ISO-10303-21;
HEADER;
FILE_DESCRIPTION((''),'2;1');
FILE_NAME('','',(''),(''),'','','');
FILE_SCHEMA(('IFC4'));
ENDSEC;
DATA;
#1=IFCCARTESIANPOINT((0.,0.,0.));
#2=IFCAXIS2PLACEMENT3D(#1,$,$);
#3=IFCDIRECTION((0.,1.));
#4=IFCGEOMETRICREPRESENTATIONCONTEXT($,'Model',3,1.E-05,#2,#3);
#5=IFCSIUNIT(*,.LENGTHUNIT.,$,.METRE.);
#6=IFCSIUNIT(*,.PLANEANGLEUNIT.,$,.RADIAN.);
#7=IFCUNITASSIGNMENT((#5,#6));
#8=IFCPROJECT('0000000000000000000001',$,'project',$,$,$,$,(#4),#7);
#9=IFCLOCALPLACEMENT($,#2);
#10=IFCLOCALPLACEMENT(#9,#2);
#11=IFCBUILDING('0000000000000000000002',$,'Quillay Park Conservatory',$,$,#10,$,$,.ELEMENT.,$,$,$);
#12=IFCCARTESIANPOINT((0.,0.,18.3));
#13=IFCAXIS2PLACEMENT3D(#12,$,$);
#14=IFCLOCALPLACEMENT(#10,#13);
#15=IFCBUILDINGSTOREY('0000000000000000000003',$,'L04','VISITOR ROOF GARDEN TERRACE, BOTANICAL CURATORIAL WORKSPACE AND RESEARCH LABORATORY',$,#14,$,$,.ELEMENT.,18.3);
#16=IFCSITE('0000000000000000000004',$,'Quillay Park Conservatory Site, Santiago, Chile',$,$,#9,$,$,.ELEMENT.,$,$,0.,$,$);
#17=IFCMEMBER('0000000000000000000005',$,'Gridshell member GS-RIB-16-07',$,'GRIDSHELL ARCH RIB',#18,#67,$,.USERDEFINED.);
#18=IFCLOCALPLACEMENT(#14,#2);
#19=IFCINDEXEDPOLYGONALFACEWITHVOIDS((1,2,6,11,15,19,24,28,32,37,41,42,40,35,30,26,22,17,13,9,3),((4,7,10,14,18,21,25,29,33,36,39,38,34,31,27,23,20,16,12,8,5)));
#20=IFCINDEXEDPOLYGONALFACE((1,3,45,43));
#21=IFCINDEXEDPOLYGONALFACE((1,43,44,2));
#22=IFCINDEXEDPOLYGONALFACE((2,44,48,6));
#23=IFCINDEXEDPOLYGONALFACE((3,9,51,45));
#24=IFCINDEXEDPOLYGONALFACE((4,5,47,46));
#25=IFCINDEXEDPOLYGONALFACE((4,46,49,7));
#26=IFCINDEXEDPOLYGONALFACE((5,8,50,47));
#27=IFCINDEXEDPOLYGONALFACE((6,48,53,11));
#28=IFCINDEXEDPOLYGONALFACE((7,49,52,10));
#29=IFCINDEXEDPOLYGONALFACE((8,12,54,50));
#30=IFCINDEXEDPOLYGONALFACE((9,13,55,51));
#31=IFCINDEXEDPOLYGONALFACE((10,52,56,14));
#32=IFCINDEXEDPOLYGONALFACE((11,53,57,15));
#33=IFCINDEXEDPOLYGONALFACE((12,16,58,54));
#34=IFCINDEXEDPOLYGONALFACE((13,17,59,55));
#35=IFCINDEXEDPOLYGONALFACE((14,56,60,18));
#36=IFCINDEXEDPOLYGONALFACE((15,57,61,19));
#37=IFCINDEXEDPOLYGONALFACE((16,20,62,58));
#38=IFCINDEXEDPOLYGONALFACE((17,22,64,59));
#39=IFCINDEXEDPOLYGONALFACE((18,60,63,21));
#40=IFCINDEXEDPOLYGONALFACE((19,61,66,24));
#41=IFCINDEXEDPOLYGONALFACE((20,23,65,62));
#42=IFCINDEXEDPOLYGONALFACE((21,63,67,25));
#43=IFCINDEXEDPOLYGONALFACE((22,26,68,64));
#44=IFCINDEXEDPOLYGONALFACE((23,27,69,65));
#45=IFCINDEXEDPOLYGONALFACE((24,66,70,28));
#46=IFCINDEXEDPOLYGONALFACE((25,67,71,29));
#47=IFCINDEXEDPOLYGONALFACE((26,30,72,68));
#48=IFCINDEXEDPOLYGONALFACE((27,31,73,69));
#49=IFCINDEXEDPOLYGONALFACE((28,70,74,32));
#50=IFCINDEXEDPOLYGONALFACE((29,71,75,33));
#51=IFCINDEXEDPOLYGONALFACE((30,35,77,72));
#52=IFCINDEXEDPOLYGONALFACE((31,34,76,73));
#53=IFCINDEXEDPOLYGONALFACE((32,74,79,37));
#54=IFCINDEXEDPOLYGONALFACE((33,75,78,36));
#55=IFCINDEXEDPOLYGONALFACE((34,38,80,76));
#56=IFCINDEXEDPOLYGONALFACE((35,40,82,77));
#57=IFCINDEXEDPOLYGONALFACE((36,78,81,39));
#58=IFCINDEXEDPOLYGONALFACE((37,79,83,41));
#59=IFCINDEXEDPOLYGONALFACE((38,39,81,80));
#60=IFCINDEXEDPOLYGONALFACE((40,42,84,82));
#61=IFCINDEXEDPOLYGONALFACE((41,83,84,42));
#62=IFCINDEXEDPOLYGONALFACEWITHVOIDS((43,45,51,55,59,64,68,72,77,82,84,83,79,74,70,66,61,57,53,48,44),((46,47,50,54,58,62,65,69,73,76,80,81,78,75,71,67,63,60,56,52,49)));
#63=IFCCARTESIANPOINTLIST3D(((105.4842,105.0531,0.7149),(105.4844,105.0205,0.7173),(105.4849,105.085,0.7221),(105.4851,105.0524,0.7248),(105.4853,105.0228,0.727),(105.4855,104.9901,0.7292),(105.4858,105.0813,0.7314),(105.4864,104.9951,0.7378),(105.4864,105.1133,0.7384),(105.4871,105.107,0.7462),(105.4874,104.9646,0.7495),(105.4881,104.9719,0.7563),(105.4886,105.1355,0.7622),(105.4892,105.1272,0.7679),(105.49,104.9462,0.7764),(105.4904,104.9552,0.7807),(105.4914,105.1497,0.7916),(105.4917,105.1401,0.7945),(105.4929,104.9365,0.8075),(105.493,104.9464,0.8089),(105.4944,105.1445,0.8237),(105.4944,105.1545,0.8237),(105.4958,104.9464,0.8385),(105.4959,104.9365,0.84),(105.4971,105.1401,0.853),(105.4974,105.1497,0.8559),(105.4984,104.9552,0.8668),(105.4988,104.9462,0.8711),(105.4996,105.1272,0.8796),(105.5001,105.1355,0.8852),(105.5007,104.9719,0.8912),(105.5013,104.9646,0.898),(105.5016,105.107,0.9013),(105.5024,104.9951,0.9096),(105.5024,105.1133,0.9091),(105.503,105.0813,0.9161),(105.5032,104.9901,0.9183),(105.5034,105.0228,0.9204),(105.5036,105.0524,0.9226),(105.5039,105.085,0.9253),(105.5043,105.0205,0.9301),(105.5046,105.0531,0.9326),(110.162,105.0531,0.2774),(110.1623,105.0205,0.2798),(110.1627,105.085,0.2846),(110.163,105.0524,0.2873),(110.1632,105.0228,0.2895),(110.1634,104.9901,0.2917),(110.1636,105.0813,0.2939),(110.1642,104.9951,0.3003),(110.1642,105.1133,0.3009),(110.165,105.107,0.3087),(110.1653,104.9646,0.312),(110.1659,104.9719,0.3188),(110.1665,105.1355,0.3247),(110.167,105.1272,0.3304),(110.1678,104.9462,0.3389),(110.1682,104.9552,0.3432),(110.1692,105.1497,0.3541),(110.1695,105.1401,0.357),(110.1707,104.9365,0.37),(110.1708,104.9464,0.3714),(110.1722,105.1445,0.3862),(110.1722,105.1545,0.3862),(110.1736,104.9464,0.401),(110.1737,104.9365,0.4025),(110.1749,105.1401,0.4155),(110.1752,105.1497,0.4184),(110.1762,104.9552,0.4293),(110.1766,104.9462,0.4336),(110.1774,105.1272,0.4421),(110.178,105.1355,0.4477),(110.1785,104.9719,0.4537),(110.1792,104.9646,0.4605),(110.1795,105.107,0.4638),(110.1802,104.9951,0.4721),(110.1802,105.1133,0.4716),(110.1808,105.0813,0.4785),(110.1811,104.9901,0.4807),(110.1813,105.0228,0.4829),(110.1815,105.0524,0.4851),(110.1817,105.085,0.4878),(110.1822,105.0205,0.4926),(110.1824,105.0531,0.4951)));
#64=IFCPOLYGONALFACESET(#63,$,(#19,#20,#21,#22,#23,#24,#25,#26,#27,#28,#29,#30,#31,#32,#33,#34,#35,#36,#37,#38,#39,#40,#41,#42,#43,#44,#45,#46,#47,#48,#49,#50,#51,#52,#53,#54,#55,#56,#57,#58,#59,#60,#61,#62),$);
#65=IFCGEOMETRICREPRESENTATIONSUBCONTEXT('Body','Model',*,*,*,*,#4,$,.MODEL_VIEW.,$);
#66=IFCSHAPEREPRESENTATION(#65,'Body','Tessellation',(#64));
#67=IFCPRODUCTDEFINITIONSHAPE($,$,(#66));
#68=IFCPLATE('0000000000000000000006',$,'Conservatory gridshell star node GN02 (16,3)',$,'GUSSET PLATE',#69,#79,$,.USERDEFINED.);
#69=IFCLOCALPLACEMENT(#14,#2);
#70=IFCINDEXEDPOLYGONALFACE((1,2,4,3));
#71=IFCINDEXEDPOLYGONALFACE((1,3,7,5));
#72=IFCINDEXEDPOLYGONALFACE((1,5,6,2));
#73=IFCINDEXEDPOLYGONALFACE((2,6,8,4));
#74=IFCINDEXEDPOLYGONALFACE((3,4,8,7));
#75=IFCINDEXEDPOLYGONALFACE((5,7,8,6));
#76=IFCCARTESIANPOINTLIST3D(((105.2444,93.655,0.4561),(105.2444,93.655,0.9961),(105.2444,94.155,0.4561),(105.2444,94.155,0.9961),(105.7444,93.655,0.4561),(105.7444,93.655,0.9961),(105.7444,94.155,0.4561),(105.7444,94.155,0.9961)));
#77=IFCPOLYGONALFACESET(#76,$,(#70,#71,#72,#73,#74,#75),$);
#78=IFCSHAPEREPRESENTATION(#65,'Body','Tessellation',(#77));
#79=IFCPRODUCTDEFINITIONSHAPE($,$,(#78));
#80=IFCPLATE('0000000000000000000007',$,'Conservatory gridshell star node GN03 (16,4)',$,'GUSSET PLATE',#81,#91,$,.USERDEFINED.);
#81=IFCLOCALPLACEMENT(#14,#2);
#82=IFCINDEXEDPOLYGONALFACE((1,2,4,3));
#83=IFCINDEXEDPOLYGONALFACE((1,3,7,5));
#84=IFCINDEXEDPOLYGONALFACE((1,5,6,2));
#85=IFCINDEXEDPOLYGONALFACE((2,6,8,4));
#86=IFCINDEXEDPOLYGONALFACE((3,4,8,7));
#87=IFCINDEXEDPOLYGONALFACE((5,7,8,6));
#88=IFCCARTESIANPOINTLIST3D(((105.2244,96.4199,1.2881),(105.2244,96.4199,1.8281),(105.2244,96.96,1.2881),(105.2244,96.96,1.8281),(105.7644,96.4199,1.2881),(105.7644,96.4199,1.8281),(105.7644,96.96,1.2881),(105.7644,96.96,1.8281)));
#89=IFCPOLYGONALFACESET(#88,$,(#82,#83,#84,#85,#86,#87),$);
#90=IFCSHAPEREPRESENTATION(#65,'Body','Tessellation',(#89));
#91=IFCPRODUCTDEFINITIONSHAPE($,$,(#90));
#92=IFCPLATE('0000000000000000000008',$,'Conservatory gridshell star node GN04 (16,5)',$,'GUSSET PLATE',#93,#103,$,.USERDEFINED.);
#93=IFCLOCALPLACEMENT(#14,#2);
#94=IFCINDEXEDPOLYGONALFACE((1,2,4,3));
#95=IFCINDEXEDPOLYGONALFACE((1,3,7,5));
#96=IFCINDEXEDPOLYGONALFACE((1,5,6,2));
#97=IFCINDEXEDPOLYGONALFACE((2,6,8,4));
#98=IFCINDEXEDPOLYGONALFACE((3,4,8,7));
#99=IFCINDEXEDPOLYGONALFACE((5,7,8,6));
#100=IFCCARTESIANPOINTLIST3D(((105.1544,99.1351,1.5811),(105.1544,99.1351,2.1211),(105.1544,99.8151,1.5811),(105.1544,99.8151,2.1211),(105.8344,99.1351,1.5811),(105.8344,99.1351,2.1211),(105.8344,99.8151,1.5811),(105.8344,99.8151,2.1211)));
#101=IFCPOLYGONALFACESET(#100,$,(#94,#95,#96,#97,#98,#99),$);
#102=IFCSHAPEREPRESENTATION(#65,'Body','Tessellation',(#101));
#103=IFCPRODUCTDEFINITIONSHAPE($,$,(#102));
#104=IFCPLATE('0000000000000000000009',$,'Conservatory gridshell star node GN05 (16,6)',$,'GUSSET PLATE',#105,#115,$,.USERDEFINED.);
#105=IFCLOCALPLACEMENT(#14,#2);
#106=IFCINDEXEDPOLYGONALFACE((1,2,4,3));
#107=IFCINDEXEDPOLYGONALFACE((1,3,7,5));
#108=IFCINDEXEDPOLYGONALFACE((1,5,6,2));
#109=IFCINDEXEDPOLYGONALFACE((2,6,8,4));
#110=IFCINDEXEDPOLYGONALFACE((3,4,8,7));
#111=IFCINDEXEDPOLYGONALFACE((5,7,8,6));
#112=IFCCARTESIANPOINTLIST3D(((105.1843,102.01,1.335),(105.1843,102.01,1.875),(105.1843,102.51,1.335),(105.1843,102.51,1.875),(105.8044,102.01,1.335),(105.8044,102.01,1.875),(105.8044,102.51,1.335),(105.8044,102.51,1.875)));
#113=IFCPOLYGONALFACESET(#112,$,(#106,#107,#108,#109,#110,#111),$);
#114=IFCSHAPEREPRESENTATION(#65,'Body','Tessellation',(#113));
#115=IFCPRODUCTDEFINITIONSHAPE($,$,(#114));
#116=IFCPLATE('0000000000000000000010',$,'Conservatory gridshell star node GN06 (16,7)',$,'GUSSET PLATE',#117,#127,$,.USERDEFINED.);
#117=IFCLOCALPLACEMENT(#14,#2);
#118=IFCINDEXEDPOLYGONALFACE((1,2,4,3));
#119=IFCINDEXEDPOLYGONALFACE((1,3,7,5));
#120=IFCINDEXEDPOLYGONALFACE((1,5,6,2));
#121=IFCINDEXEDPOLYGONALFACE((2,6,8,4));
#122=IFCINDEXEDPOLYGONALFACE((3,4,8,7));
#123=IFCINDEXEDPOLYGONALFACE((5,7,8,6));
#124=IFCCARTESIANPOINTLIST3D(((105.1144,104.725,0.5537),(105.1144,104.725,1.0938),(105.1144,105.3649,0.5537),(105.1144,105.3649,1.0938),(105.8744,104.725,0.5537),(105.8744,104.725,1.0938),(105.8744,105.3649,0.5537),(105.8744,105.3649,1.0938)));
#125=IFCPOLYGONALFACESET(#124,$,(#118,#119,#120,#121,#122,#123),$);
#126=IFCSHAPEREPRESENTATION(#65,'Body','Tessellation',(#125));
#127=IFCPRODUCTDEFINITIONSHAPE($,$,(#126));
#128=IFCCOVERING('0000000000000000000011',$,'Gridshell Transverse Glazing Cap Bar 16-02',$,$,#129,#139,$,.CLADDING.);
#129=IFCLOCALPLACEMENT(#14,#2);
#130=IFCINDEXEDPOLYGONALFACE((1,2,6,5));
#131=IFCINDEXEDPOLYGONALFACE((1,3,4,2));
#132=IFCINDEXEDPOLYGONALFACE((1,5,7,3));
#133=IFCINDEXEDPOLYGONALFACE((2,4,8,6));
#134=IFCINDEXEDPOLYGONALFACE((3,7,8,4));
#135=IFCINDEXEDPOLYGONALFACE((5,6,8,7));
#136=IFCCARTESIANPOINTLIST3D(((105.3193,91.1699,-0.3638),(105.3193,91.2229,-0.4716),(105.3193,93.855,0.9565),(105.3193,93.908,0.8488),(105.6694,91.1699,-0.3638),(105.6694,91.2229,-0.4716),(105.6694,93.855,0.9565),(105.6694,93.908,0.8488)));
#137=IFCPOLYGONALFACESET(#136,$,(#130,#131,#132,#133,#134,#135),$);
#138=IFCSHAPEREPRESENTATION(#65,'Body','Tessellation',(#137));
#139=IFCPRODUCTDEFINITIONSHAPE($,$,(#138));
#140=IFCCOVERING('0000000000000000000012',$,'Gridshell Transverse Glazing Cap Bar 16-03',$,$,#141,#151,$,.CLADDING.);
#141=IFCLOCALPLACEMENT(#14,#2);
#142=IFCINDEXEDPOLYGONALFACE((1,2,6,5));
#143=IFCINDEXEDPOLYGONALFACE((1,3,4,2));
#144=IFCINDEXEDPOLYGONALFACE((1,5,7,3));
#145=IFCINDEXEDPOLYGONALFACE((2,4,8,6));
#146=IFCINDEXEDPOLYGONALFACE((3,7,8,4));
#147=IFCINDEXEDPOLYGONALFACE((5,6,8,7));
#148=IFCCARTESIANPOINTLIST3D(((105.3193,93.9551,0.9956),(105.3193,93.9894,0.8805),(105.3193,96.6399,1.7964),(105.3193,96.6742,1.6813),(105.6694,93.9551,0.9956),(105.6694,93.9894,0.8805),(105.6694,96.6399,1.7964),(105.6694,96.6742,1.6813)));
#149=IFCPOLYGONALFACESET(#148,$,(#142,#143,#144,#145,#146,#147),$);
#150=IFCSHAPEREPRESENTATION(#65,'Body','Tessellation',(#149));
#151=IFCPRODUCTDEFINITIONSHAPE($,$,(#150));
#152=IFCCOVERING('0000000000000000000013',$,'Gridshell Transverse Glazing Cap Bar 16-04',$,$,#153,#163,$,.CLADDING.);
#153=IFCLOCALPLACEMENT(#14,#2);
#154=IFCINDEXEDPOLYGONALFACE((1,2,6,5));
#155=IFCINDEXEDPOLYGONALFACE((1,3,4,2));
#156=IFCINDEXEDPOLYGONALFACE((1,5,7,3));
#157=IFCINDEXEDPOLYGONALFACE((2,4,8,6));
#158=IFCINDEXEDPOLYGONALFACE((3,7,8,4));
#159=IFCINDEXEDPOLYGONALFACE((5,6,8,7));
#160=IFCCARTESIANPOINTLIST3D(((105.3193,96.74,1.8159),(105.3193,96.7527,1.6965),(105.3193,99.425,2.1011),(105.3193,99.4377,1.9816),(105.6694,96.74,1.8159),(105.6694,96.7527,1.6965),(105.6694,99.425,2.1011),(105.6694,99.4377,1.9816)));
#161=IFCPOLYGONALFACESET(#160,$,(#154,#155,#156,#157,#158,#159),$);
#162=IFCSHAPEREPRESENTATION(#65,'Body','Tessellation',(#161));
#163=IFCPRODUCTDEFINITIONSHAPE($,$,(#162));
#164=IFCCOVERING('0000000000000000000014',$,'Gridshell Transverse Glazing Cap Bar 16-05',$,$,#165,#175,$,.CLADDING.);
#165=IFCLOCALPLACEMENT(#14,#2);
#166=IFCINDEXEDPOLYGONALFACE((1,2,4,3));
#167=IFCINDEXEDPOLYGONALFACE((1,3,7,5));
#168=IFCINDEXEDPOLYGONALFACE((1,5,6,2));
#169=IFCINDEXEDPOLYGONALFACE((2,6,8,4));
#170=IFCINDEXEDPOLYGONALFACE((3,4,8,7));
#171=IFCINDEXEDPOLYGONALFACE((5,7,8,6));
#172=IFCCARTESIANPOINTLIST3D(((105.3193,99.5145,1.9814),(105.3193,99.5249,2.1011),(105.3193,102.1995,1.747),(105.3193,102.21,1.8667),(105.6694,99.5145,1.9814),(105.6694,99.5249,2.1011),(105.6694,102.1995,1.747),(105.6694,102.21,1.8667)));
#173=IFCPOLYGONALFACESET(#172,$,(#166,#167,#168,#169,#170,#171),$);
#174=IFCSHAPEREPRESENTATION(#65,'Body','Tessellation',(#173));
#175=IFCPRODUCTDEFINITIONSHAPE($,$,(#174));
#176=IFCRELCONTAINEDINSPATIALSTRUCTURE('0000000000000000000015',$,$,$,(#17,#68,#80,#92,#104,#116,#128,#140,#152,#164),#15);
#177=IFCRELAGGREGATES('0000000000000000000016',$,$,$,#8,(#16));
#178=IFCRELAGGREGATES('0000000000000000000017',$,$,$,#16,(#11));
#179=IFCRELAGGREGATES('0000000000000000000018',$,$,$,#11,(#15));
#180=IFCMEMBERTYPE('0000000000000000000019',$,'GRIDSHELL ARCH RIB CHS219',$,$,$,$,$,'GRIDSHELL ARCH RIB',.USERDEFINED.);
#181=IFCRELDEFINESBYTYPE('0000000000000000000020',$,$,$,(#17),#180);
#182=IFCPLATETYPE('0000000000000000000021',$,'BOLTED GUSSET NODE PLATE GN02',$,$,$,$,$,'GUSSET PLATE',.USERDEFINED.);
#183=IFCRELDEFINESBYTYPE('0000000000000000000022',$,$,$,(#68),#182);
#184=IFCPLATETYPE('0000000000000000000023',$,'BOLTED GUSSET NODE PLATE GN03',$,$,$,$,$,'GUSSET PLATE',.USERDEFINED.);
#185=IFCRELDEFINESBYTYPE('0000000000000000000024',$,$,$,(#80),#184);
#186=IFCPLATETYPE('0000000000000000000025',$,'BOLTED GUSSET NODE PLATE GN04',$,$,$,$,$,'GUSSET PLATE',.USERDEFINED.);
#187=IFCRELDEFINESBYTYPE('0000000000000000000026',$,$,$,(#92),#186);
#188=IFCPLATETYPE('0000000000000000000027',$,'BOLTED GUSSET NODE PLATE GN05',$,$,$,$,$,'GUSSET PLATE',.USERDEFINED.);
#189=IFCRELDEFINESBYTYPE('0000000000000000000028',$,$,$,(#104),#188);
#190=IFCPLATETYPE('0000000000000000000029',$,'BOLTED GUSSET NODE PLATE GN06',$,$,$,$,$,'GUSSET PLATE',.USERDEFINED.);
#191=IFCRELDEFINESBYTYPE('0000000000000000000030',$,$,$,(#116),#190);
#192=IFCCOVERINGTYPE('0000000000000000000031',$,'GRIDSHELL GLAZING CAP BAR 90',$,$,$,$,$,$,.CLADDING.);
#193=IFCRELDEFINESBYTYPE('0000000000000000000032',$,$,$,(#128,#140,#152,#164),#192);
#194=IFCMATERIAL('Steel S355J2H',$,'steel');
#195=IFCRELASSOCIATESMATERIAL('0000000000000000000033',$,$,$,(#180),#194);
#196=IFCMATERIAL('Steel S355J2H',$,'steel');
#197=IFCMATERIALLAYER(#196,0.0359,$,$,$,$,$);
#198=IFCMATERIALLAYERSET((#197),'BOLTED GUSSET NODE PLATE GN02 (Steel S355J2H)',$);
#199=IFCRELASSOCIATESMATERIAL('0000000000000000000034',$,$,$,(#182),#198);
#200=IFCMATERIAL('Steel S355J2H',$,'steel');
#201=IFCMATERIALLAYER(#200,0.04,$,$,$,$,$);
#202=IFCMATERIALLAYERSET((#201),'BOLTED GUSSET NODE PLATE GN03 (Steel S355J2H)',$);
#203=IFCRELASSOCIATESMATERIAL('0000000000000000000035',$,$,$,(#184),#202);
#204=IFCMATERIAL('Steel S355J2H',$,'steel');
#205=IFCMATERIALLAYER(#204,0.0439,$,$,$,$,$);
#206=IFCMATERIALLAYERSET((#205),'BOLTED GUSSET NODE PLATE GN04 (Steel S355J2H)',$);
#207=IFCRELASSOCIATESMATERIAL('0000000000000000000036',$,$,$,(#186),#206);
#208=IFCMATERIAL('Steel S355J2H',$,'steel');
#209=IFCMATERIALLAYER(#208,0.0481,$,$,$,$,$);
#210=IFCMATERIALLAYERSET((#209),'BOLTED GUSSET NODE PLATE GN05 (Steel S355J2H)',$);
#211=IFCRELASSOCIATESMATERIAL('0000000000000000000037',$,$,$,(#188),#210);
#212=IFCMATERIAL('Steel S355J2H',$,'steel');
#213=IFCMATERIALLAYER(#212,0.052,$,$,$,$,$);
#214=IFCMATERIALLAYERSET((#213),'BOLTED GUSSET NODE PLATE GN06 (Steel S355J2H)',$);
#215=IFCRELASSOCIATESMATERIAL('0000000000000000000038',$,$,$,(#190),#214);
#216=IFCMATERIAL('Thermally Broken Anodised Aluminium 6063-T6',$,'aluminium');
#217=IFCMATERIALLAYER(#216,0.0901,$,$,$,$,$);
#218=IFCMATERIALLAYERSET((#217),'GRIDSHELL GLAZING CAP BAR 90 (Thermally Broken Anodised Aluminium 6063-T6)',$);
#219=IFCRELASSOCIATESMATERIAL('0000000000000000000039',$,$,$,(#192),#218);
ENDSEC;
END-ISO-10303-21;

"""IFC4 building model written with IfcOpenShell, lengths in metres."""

from ifc_helpers import new_model, si_unit, direction, frame, origin, origin_2d, place, context, subcontext, project, spatial, polyline, rectangle, hollow_circle, outline, extrude, material, layer, layer_set, material_profile, profile_set, type_object, element, save


model = new_model("IFC4")

# Units and contexts
model_context = context("Model", 3, precision=1e-05, world=origin(), true_north=direction((0.0, 1.0)))
body_context = subcontext(model_context, "Body", "Model", "MODEL_VIEW")
ifc_project = project(units=[si_unit("LENGTHUNIT", "METRE"), si_unit("PLANEANGLEUNIT", "RADIAN")], contexts=[model_context])

# Site, building, storey
site_placement = place(None, origin())
site = spatial("IfcSite", under=ifc_project, at=site_placement, Name="Quillay Park Conservatory Site, Santiago, Chile", CompositionType="ELEMENT", RefElevation=0.0)
building_placement = place(site_placement, origin())
building = spatial("IfcBuilding", under=site, at=building_placement, Name="Quillay Park Conservatory", CompositionType="ELEMENT")
storey_placement = place(building_placement, frame((0.0, 0.0, 18.3)))
storey = spatial("IfcBuildingStorey", under=building, at=storey_placement, Name="L04", Description="VISITOR ROOF GARDEN TERRACE, BOTANICAL CURATORIAL WORKSPACE AND RESEARCH LABORATORY", CompositionType="ELEMENT", Elevation=18.3)

# Member
ifc_material_1 = material(Name="Steel S355J2H", Category="steel")
ifc_material_profile_1 = material_profile(ifc_material_1, hollow_circle(Radius=0.1096, WallThickness=0.01, at=origin_2d()), Name="CHS219.1x10")
ifc_profile_set_1 = profile_set([ifc_material_profile_1], Name="Steel S355J2H")
member_type = type_object("IfcMemberType", Name="GRIDSHELL ARCH RIB CHS219", ElementType="GRIDSHELL ARCH RIB", PredefinedType="USERDEFINED", material=ifc_profile_set_1)
member_1_placement = place(storey_placement, frame((105.4944, 105.0449, 0.8237), z_axis=(0.995655, 0.0, -0.093122), x_axis=(0.0, 1.0, 0.0)))
element("IfcMember", 1, at=member_1_placement, inside=storey, type_object=member_type, Name="Gridshell member GS-RIB-16-07", ObjectType="GRIDSHELL ARCH RIB", PredefinedType="USERDEFINED", context=body_context, shape_type="SweptSolid", body=[
    extrude(hollow_circle(Radius=0.1096, WallThickness=0.01, at=origin_2d()), origin(), (0.0, 0.0, 1.0), 4.6982),
])

# Plates
ifc_material_2 = material(Name="Steel S355J2H", Category="steel")
ifc_layer_1 = layer(ifc_material_2, 0.0359)
ifc_layer_set_1 = layer_set([ifc_layer_1], Name="BOLTED GUSSET NODE PLATE GN02 (Steel S355J2H)")
plate_type_1 = type_object("IfcPlateType", Name="BOLTED GUSSET NODE PLATE GN02", ElementType="GUSSET PLATE", PredefinedType="USERDEFINED", material=ifc_layer_set_1)
plate_1_placement = place(storey_placement, frame((105.4944, 93.905, 0.4561), z_axis=(0.0, 0.0, 1.0), x_axis=(1.0, 0.0, 0.0)))
element("IfcPlate", 2, at=plate_1_placement, inside=storey, type_object=plate_type_1, Name="Conservatory gridshell star node GN02 (16,3)", ObjectType="GUSSET PLATE", PredefinedType="USERDEFINED", context=body_context, shape_type="SweptSolid", body=[
    extrude(rectangle(XDim=0.5, YDim=0.5, at=origin_2d()), origin(), (0.0, 0.0, 1.0), 0.54),
])
ifc_material_3 = material(Name="Steel S355J2H", Category="steel")
ifc_layer_2 = layer(ifc_material_3, 0.04)
ifc_layer_set_2 = layer_set([ifc_layer_2], Name="BOLTED GUSSET NODE PLATE GN03 (Steel S355J2H)")
plate_type_2 = type_object("IfcPlateType", Name="BOLTED GUSSET NODE PLATE GN03", ElementType="GUSSET PLATE", PredefinedType="USERDEFINED", material=ifc_layer_set_2)
plate_2_placement = place(storey_placement, frame((105.4944, 96.6899, 1.2881), z_axis=(0.0, 0.0, 1.0), x_axis=(1.0, 0.0, 0.0)))
element("IfcPlate", 3, at=plate_2_placement, inside=storey, type_object=plate_type_2, Name="Conservatory gridshell star node GN03 (16,4)", ObjectType="GUSSET PLATE", PredefinedType="USERDEFINED", context=body_context, shape_type="SweptSolid", body=[
    extrude(rectangle(XDim=0.54, YDim=0.54, at=origin_2d()), origin(), (0.0, 0.0, 1.0), 0.54),
])
ifc_material_4 = material(Name="Steel S355J2H", Category="steel")
ifc_layer_3 = layer(ifc_material_4, 0.0439)
ifc_layer_set_3 = layer_set([ifc_layer_3], Name="BOLTED GUSSET NODE PLATE GN04 (Steel S355J2H)")
plate_type_3 = type_object("IfcPlateType", Name="BOLTED GUSSET NODE PLATE GN04", ElementType="GUSSET PLATE", PredefinedType="USERDEFINED", material=ifc_layer_set_3)
plate_3_placement = place(storey_placement, frame((105.4944, 99.4751, 1.5811), z_axis=(0.0, 0.0, 1.0), x_axis=(1.0, 0.0, 0.0)))
element("IfcPlate", 4, at=plate_3_placement, inside=storey, type_object=plate_type_3, Name="Conservatory gridshell star node GN04 (16,5)", ObjectType="GUSSET PLATE", PredefinedType="USERDEFINED", context=body_context, shape_type="SweptSolid", body=[
    extrude(rectangle(XDim=0.6799, YDim=0.6799, at=origin_2d()), origin(), (0.0, 0.0, 1.0), 0.54),
])
ifc_material_5 = material(Name="Steel S355J2H", Category="steel")
ifc_layer_4 = layer(ifc_material_5, 0.0481)
ifc_layer_set_4 = layer_set([ifc_layer_4], Name="BOLTED GUSSET NODE PLATE GN05 (Steel S355J2H)")
plate_type_4 = type_object("IfcPlateType", Name="BOLTED GUSSET NODE PLATE GN05", ElementType="GUSSET PLATE", PredefinedType="USERDEFINED", material=ifc_layer_set_4)
plate_4_placement = place(storey_placement, frame((105.4944, 102.26, 1.335), z_axis=(0.0, 0.0, 1.0), x_axis=(1.0, 0.0, 0.0)))
element("IfcPlate", 5, at=plate_4_placement, inside=storey, type_object=plate_type_4, Name="Conservatory gridshell star node GN05 (16,6)", ObjectType="GUSSET PLATE", PredefinedType="USERDEFINED", context=body_context, shape_type="SweptSolid", body=[
    extrude(rectangle(XDim=0.6201, YDim=0.5, at=origin_2d()), origin(), (0.0, 0.0, 1.0), 0.54),
])
ifc_material_6 = material(Name="Steel S355J2H", Category="steel")
ifc_layer_5 = layer(ifc_material_6, 0.052)
ifc_layer_set_5 = layer_set([ifc_layer_5], Name="BOLTED GUSSET NODE PLATE GN06 (Steel S355J2H)")
plate_type_5 = type_object("IfcPlateType", Name="BOLTED GUSSET NODE PLATE GN06", ElementType="GUSSET PLATE", PredefinedType="USERDEFINED", material=ifc_layer_set_5)
plate_5_placement = place(storey_placement, frame((105.4944, 105.0449, 0.5537), z_axis=(0.0, 0.0, 1.0), x_axis=(1.0, 0.0, 0.0)))
element("IfcPlate", 6, at=plate_5_placement, inside=storey, type_object=plate_type_5, Name="Conservatory gridshell star node GN06 (16,7)", ObjectType="GUSSET PLATE", PredefinedType="USERDEFINED", context=body_context, shape_type="SweptSolid", body=[
    extrude(rectangle(XDim=0.76, YDim=0.6399, at=origin_2d()), origin(), (0.0, 0.0, 1.0), 0.54),
])

# Coverings
ifc_material_7 = material(Name="Thermally Broken Anodised Aluminium 6063-T6", Category="aluminium")
ifc_layer_6 = layer(ifc_material_7, 0.0901)
ifc_layer_set_6 = layer_set([ifc_layer_6], Name="GRIDSHELL GLAZING CAP BAR 90 (Thermally Broken Anodised Aluminium 6063-T6)")
covering_type = type_object("IfcCoveringType", Name="GRIDSHELL GLAZING CAP BAR 90", PredefinedType="CLADDING", material=ifc_layer_set_6)
covering_1_placement = place(storey_placement, frame((105.3193, 91.1699, -0.3638), z_axis=(0.0, -0.441264, 0.897378), x_axis=(1.0, 0.0, 0.0)))
element("IfcCovering", 7, at=covering_1_placement, inside=storey, type_object=covering_type, Name="Gridshell Transverse Glazing Cap Bar 16-02", PredefinedType="CLADDING", context=body_context, shape_type="SweptSolid", body=[
    extrude(outline(polyline([(0.0, 0.0), (0.3501, 0.0), (0.3501, 2.9921), (0.0, 2.9921), (0.0, 0.0)])), origin(), (0.0, 0.0, -1.0), 0.1201),
])
covering_2_placement = place(storey_placement, frame((105.3193, 93.9551, 0.9956), z_axis=(0.0, -0.285821, 0.958283), x_axis=(1.0, 0.0, 0.0)))
element("IfcCovering", 8, at=covering_2_placement, inside=storey, type_object=covering_type, Name="Gridshell Transverse Glazing Cap Bar 16-03", PredefinedType="CLADDING", context=body_context, shape_type="SweptSolid", body=[
    extrude(outline(polyline([(0.0, 0.0), (0.3501, 0.0), (0.3501, 2.8017), (0.0, 2.8017), (0.0, 0.0)])), origin(), (0.0, 0.0, -1.0), 0.1201),
])
covering_3_placement = place(storey_placement, frame((105.3193, 96.74, 1.8159), z_axis=(0.0, -0.105607, 0.994408), x_axis=(1.0, 0.0, 0.0)))
element("IfcCovering", 9, at=covering_3_placement, inside=storey, type_object=covering_type, Name="Gridshell Transverse Glazing Cap Bar 16-04", PredefinedType="CLADDING", context=body_context, shape_type="SweptSolid", body=[
    extrude(outline(polyline([(0.0, 0.0), (0.3501, 0.0), (0.3501, 2.7002), (0.0, 2.7002), (0.0, 0.0)])), origin(), (0.0, 0.0, -1.0), 0.1201),
])
covering_4_placement = place(storey_placement, frame((105.3193, 99.5249, 2.1011), z_axis=(0.0, 0.086958, 0.996212), x_axis=(1.0, 0.0, 0.0)))
element("IfcCovering", 10, at=covering_4_placement, inside=storey, type_object=covering_type, Name="Gridshell Transverse Glazing Cap Bar 16-05", PredefinedType="CLADDING", context=body_context, shape_type="SweptSolid", body=[
    extrude(outline(polyline([(0.0, 0.0), (0.3501, 0.0), (0.3501, 2.6953), (0.0, 2.6953), (0.0, 0.0)])), origin(), (0.0, 0.0, -1.0), 0.1201),
])

save(model, "model.ifc")
